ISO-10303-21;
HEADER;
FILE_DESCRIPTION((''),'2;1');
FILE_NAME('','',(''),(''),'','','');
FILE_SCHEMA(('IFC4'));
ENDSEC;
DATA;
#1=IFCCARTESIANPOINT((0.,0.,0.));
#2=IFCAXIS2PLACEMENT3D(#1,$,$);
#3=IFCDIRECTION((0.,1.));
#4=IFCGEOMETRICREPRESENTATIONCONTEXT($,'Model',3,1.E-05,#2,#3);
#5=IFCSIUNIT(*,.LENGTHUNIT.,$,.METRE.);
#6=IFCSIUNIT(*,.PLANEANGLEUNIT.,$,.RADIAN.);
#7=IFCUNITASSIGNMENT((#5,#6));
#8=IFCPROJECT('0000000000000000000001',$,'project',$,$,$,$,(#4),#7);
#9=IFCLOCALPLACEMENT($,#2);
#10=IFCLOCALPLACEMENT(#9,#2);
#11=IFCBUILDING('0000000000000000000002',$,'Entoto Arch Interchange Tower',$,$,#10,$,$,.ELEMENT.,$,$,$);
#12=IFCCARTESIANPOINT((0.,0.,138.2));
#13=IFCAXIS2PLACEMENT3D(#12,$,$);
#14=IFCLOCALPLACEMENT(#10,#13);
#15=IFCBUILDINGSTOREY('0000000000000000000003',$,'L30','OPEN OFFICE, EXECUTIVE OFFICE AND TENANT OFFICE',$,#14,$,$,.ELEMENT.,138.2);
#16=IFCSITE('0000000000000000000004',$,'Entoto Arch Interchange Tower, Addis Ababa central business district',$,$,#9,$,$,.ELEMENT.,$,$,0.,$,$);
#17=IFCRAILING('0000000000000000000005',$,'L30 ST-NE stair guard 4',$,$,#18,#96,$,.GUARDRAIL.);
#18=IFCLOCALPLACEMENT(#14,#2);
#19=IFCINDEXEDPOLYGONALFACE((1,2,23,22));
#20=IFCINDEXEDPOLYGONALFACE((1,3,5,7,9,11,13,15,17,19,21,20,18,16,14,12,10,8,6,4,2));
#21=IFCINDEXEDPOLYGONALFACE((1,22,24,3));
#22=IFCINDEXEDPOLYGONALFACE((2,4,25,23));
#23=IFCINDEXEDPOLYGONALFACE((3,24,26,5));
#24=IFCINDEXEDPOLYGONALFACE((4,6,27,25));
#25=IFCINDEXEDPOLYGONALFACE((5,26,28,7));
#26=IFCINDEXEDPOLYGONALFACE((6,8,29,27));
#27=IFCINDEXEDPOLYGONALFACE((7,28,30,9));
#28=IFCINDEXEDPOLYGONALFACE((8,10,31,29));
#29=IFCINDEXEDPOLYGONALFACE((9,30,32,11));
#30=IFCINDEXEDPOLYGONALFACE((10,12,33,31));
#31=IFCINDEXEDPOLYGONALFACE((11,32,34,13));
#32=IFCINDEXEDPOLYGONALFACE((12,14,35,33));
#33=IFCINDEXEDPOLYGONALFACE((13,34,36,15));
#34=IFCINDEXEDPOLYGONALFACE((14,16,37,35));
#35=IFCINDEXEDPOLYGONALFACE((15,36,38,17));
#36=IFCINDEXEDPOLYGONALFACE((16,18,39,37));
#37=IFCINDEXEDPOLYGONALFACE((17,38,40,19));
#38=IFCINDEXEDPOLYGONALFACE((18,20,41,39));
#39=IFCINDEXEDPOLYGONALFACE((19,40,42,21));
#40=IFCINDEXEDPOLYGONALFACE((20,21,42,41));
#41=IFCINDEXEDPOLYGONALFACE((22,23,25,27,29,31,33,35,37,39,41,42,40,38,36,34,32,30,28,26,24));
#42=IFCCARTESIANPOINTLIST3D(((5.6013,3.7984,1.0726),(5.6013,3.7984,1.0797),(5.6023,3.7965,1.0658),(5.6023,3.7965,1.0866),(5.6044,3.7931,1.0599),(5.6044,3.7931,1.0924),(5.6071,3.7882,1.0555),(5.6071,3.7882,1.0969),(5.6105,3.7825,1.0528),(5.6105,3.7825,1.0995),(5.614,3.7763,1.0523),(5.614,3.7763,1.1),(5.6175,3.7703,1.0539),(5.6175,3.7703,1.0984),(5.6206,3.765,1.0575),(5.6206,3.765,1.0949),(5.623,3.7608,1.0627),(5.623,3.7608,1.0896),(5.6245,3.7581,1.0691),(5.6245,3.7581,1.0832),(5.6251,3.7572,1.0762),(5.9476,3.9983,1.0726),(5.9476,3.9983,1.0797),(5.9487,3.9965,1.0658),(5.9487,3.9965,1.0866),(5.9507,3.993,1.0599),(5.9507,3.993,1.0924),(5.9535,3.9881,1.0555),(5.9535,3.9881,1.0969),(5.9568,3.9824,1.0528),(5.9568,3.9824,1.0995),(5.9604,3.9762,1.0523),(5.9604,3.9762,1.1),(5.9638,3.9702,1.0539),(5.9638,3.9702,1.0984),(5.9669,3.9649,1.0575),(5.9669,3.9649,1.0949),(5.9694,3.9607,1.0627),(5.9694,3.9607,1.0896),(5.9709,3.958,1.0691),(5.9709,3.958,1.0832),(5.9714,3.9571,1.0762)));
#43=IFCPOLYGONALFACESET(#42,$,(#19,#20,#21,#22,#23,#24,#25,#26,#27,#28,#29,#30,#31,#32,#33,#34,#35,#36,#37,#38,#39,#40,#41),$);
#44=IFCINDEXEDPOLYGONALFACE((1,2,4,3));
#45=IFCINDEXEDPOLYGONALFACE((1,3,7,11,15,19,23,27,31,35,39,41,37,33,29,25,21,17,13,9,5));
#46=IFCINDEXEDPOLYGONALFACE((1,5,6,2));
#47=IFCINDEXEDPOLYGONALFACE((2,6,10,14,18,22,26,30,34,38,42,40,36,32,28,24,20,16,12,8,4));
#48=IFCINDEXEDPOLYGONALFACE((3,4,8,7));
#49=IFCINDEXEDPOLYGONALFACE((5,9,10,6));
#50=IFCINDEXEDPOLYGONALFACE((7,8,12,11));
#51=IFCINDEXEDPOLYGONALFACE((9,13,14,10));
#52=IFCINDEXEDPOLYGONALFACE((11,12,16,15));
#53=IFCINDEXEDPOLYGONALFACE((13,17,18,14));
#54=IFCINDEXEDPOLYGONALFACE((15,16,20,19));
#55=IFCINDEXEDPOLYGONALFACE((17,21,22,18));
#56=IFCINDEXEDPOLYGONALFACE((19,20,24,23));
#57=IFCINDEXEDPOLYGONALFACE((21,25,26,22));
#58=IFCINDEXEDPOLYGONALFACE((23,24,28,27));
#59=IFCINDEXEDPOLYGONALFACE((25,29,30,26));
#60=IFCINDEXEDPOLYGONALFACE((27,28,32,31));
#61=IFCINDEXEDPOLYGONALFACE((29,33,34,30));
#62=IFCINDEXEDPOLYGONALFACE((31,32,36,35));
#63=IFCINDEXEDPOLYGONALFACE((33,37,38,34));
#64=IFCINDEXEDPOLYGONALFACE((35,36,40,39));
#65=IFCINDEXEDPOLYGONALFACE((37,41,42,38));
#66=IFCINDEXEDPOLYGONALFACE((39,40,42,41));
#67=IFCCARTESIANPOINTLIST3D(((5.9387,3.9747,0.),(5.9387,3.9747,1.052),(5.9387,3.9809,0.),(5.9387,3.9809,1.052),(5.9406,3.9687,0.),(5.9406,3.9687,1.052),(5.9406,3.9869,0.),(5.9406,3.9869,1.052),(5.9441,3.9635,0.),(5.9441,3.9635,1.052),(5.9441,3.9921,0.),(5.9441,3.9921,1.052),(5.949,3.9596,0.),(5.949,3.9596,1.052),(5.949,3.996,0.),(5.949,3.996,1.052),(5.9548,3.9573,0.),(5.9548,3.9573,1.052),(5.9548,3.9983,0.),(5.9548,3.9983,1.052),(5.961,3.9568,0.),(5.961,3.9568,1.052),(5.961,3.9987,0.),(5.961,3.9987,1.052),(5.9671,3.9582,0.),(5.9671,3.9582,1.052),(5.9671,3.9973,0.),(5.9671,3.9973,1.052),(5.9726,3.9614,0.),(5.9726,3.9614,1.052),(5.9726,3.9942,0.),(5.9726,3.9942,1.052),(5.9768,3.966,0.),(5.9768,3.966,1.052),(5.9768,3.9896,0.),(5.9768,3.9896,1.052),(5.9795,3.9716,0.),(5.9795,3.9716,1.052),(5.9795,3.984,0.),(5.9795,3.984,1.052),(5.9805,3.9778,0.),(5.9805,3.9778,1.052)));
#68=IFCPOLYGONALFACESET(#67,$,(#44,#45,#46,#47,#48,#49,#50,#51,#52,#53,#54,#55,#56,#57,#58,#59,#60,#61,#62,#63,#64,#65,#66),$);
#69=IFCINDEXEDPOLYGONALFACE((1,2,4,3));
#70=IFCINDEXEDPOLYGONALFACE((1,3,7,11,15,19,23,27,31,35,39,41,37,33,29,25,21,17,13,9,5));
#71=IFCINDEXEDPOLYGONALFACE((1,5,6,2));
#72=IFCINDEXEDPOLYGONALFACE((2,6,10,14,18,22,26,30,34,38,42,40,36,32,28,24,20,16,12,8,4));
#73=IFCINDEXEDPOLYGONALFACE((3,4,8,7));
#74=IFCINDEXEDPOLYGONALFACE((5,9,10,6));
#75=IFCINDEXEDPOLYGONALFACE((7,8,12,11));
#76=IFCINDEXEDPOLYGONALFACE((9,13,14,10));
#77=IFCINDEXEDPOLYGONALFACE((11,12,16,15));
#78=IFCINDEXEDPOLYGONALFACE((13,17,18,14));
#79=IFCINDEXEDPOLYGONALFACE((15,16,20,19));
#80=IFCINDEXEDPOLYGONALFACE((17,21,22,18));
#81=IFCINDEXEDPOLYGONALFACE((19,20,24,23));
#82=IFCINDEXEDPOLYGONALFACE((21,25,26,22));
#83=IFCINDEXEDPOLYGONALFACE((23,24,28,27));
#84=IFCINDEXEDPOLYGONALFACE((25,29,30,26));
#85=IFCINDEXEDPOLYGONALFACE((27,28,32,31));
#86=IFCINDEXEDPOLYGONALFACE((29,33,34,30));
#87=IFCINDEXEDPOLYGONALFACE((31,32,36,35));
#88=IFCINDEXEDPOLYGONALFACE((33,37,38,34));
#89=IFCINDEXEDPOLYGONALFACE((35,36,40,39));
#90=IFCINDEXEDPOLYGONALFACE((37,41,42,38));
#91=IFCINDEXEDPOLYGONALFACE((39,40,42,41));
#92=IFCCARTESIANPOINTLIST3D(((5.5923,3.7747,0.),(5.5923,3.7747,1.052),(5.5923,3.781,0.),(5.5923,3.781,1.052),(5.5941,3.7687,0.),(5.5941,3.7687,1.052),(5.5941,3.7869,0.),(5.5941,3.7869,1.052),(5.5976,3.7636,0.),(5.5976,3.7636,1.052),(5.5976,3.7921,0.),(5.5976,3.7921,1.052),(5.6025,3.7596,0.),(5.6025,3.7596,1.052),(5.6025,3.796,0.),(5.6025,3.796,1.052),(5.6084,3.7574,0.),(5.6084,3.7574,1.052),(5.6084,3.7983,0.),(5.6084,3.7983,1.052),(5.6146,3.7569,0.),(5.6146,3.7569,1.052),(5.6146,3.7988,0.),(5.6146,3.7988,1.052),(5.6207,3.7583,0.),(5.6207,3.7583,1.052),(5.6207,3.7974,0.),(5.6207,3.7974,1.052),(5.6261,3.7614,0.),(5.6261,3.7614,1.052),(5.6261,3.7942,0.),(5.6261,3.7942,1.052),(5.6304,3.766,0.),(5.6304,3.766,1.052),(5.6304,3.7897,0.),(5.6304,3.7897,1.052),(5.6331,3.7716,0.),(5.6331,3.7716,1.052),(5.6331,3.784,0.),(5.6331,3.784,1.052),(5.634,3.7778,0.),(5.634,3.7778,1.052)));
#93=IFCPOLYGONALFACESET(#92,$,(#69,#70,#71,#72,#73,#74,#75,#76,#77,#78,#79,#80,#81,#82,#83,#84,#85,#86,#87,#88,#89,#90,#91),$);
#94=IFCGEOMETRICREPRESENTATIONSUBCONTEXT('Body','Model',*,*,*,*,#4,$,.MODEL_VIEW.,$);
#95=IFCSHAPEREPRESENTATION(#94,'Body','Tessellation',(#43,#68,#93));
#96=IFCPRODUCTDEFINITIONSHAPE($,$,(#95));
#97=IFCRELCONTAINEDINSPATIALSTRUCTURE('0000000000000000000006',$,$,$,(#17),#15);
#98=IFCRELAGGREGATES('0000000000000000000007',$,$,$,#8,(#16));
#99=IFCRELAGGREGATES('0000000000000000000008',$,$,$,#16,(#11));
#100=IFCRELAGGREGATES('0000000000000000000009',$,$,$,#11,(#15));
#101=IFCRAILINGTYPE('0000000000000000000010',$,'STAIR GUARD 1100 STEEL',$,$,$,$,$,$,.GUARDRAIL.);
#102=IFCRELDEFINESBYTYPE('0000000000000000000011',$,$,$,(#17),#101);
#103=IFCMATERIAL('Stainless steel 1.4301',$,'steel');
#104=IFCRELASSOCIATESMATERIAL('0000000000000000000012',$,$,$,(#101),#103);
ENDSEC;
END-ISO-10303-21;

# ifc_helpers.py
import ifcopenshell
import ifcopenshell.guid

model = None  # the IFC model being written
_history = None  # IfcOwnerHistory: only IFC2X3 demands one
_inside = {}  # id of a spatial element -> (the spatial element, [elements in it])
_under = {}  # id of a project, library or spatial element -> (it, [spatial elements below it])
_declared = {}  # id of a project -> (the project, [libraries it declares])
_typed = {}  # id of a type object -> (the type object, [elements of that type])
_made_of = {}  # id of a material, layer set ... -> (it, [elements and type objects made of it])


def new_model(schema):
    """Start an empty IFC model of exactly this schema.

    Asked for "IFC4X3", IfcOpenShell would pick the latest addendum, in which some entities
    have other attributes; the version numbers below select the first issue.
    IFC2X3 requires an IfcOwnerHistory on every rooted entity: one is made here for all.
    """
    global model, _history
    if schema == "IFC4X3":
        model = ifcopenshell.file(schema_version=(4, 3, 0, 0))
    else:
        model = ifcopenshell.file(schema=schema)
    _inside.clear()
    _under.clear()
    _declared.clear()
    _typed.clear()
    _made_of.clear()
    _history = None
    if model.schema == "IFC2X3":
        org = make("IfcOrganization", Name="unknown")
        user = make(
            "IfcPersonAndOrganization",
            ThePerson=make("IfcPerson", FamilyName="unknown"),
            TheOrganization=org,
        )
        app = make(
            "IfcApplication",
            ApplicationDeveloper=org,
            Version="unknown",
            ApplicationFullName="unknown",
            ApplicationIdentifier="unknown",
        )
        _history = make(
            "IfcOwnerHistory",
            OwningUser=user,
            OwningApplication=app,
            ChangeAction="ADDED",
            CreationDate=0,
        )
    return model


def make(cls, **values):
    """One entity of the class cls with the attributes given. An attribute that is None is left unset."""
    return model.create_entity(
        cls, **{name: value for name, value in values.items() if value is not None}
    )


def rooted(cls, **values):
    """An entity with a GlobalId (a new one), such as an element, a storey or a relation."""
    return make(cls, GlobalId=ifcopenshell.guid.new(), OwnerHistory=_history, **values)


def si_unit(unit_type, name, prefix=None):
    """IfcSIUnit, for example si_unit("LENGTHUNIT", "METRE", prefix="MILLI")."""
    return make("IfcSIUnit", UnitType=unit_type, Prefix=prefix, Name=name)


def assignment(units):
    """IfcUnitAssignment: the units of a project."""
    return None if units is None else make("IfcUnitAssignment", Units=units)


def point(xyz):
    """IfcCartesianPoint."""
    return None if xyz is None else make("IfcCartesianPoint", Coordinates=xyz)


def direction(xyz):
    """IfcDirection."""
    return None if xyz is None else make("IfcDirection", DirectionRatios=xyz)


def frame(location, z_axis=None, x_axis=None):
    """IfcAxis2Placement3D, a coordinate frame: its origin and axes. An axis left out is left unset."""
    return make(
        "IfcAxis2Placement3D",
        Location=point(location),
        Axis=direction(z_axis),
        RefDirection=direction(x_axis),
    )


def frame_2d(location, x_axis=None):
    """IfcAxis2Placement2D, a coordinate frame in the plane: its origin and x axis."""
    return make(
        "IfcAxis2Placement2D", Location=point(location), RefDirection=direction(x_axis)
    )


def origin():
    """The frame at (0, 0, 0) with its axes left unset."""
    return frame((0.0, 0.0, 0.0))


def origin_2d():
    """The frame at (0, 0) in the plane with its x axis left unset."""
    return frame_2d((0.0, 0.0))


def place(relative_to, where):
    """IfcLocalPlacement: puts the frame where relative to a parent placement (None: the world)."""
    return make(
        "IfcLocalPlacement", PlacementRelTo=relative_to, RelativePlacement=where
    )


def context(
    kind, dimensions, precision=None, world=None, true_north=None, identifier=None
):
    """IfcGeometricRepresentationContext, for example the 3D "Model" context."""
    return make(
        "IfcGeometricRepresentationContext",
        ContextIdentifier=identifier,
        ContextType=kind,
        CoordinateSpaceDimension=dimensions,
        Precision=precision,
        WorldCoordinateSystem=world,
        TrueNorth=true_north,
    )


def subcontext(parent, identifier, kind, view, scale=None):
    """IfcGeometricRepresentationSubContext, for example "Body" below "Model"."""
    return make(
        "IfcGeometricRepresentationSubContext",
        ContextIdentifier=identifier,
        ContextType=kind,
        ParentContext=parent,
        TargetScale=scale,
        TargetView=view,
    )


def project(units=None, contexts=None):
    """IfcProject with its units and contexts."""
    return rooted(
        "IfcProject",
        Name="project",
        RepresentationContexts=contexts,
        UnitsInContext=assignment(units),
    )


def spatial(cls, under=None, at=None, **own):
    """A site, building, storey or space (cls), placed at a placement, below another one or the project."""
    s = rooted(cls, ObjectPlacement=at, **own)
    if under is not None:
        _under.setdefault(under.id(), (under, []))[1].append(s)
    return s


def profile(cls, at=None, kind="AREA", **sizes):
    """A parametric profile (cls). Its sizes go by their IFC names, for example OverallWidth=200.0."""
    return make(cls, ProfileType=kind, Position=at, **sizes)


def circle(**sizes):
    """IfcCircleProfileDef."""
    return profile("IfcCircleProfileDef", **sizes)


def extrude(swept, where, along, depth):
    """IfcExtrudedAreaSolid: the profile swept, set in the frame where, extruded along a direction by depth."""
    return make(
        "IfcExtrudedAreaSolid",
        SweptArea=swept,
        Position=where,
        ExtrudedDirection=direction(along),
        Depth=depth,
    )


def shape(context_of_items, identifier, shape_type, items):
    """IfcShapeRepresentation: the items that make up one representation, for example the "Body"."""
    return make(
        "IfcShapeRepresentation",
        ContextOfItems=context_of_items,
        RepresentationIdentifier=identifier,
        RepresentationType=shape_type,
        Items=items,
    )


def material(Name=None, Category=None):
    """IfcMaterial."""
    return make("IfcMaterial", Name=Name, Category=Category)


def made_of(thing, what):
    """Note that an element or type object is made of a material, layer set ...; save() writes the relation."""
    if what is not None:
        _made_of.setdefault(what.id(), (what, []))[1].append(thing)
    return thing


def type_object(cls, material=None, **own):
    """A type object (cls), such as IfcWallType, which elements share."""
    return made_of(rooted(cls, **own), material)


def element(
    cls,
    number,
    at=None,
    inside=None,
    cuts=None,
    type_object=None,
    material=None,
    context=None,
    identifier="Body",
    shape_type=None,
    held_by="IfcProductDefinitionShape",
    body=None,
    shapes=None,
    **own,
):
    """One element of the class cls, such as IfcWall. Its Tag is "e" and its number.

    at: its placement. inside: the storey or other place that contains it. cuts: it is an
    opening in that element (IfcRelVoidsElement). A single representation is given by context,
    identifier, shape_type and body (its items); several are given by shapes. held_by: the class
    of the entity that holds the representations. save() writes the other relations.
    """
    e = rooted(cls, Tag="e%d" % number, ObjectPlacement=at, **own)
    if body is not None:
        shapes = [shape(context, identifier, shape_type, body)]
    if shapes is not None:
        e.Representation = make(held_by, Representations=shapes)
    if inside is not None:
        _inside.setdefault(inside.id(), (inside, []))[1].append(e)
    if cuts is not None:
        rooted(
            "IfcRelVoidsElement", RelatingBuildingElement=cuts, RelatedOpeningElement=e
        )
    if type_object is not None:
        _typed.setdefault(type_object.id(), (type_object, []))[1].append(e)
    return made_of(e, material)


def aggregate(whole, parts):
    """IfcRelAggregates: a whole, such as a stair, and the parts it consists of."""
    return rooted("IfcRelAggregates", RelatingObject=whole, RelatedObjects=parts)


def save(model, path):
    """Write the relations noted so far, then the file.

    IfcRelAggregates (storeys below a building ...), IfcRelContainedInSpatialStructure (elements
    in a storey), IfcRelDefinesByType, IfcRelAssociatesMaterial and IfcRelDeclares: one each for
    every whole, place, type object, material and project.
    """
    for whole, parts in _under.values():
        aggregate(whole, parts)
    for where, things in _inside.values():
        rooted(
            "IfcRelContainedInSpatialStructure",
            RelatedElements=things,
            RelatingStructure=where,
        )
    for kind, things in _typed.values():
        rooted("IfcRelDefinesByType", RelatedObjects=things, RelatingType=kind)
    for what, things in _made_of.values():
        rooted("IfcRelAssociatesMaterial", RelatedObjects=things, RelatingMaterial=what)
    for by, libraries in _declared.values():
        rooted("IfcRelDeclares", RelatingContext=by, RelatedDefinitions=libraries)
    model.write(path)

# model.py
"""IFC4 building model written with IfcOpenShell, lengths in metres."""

from ifc_helpers import new_model, si_unit, direction, frame, origin, origin_2d, place, context, subcontext, project, spatial, circle, extrude, material, type_object, element, save


model = new_model("IFC4")

# Units and contexts
model_context = context("Model", 3, precision=1e-05, world=origin(), true_north=direction((0.0, 1.0)))
body_context = subcontext(model_context, "Body", "Model", "MODEL_VIEW")
ifc_project = project(units=[si_unit("LENGTHUNIT", "METRE"), si_unit("PLANEANGLEUNIT", "RADIAN")], contexts=[model_context])

# Site, building, storey
site_placement = place(None, origin())
site = spatial("IfcSite", under=ifc_project, at=site_placement, Name="Entoto Arch Interchange Tower, Addis Ababa central business district", CompositionType="ELEMENT", RefElevation=0.0)
building_placement = place(site_placement, origin())
building = spatial("IfcBuilding", under=site, at=building_placement, Name="Entoto Arch Interchange Tower", CompositionType="ELEMENT")
storey_placement = place(building_placement, frame((0.0, 0.0, 138.2)))
storey = spatial("IfcBuildingStorey", under=building, at=storey_placement, Name="L30", Description="OPEN OFFICE, EXECUTIVE OFFICE AND TENANT OFFICE", CompositionType="ELEMENT", Elevation=138.2)

# Railing
ifc_material_1 = material(Name="Stainless steel 1.4301", Category="steel")
railing_type_1 = type_object("IfcRailingType", Name="STAIR GUARD 1100 STEEL", PredefinedType="GUARDRAIL", material=ifc_material_1)
railing_1_placement = place(storey_placement, frame((5.9595, 3.9778, 0.0)))
element("IfcRailing", 1, at=railing_1_placement, inside=storey, type_object=railing_type_1, Name="L30 ST-NE stair guard 4", PredefinedType="GUARDRAIL", context=body_context, shape_type="SweptSolid", body=[
    extrude(circle(Radius=0.0239, at=origin_2d()), frame((0.0, 0.0, 1.0762), z_axis=(-0.866094, -0.499881, 0.0), x_axis=(0.499881, -0.866094, 0.0)), (0.0, 0.0, 1.0), 0.3999),
    extrude(circle(Radius=0.021, at=origin_2d()), origin(), (0.0, 0.0, 1.0), 1.052),
    extrude(circle(Radius=0.021, at=origin_2d()), frame((-0.3464, -0.2, 0.0)), (0.0, 0.0, 1.0), 1.052),
])

save(model, "model.ifc")
